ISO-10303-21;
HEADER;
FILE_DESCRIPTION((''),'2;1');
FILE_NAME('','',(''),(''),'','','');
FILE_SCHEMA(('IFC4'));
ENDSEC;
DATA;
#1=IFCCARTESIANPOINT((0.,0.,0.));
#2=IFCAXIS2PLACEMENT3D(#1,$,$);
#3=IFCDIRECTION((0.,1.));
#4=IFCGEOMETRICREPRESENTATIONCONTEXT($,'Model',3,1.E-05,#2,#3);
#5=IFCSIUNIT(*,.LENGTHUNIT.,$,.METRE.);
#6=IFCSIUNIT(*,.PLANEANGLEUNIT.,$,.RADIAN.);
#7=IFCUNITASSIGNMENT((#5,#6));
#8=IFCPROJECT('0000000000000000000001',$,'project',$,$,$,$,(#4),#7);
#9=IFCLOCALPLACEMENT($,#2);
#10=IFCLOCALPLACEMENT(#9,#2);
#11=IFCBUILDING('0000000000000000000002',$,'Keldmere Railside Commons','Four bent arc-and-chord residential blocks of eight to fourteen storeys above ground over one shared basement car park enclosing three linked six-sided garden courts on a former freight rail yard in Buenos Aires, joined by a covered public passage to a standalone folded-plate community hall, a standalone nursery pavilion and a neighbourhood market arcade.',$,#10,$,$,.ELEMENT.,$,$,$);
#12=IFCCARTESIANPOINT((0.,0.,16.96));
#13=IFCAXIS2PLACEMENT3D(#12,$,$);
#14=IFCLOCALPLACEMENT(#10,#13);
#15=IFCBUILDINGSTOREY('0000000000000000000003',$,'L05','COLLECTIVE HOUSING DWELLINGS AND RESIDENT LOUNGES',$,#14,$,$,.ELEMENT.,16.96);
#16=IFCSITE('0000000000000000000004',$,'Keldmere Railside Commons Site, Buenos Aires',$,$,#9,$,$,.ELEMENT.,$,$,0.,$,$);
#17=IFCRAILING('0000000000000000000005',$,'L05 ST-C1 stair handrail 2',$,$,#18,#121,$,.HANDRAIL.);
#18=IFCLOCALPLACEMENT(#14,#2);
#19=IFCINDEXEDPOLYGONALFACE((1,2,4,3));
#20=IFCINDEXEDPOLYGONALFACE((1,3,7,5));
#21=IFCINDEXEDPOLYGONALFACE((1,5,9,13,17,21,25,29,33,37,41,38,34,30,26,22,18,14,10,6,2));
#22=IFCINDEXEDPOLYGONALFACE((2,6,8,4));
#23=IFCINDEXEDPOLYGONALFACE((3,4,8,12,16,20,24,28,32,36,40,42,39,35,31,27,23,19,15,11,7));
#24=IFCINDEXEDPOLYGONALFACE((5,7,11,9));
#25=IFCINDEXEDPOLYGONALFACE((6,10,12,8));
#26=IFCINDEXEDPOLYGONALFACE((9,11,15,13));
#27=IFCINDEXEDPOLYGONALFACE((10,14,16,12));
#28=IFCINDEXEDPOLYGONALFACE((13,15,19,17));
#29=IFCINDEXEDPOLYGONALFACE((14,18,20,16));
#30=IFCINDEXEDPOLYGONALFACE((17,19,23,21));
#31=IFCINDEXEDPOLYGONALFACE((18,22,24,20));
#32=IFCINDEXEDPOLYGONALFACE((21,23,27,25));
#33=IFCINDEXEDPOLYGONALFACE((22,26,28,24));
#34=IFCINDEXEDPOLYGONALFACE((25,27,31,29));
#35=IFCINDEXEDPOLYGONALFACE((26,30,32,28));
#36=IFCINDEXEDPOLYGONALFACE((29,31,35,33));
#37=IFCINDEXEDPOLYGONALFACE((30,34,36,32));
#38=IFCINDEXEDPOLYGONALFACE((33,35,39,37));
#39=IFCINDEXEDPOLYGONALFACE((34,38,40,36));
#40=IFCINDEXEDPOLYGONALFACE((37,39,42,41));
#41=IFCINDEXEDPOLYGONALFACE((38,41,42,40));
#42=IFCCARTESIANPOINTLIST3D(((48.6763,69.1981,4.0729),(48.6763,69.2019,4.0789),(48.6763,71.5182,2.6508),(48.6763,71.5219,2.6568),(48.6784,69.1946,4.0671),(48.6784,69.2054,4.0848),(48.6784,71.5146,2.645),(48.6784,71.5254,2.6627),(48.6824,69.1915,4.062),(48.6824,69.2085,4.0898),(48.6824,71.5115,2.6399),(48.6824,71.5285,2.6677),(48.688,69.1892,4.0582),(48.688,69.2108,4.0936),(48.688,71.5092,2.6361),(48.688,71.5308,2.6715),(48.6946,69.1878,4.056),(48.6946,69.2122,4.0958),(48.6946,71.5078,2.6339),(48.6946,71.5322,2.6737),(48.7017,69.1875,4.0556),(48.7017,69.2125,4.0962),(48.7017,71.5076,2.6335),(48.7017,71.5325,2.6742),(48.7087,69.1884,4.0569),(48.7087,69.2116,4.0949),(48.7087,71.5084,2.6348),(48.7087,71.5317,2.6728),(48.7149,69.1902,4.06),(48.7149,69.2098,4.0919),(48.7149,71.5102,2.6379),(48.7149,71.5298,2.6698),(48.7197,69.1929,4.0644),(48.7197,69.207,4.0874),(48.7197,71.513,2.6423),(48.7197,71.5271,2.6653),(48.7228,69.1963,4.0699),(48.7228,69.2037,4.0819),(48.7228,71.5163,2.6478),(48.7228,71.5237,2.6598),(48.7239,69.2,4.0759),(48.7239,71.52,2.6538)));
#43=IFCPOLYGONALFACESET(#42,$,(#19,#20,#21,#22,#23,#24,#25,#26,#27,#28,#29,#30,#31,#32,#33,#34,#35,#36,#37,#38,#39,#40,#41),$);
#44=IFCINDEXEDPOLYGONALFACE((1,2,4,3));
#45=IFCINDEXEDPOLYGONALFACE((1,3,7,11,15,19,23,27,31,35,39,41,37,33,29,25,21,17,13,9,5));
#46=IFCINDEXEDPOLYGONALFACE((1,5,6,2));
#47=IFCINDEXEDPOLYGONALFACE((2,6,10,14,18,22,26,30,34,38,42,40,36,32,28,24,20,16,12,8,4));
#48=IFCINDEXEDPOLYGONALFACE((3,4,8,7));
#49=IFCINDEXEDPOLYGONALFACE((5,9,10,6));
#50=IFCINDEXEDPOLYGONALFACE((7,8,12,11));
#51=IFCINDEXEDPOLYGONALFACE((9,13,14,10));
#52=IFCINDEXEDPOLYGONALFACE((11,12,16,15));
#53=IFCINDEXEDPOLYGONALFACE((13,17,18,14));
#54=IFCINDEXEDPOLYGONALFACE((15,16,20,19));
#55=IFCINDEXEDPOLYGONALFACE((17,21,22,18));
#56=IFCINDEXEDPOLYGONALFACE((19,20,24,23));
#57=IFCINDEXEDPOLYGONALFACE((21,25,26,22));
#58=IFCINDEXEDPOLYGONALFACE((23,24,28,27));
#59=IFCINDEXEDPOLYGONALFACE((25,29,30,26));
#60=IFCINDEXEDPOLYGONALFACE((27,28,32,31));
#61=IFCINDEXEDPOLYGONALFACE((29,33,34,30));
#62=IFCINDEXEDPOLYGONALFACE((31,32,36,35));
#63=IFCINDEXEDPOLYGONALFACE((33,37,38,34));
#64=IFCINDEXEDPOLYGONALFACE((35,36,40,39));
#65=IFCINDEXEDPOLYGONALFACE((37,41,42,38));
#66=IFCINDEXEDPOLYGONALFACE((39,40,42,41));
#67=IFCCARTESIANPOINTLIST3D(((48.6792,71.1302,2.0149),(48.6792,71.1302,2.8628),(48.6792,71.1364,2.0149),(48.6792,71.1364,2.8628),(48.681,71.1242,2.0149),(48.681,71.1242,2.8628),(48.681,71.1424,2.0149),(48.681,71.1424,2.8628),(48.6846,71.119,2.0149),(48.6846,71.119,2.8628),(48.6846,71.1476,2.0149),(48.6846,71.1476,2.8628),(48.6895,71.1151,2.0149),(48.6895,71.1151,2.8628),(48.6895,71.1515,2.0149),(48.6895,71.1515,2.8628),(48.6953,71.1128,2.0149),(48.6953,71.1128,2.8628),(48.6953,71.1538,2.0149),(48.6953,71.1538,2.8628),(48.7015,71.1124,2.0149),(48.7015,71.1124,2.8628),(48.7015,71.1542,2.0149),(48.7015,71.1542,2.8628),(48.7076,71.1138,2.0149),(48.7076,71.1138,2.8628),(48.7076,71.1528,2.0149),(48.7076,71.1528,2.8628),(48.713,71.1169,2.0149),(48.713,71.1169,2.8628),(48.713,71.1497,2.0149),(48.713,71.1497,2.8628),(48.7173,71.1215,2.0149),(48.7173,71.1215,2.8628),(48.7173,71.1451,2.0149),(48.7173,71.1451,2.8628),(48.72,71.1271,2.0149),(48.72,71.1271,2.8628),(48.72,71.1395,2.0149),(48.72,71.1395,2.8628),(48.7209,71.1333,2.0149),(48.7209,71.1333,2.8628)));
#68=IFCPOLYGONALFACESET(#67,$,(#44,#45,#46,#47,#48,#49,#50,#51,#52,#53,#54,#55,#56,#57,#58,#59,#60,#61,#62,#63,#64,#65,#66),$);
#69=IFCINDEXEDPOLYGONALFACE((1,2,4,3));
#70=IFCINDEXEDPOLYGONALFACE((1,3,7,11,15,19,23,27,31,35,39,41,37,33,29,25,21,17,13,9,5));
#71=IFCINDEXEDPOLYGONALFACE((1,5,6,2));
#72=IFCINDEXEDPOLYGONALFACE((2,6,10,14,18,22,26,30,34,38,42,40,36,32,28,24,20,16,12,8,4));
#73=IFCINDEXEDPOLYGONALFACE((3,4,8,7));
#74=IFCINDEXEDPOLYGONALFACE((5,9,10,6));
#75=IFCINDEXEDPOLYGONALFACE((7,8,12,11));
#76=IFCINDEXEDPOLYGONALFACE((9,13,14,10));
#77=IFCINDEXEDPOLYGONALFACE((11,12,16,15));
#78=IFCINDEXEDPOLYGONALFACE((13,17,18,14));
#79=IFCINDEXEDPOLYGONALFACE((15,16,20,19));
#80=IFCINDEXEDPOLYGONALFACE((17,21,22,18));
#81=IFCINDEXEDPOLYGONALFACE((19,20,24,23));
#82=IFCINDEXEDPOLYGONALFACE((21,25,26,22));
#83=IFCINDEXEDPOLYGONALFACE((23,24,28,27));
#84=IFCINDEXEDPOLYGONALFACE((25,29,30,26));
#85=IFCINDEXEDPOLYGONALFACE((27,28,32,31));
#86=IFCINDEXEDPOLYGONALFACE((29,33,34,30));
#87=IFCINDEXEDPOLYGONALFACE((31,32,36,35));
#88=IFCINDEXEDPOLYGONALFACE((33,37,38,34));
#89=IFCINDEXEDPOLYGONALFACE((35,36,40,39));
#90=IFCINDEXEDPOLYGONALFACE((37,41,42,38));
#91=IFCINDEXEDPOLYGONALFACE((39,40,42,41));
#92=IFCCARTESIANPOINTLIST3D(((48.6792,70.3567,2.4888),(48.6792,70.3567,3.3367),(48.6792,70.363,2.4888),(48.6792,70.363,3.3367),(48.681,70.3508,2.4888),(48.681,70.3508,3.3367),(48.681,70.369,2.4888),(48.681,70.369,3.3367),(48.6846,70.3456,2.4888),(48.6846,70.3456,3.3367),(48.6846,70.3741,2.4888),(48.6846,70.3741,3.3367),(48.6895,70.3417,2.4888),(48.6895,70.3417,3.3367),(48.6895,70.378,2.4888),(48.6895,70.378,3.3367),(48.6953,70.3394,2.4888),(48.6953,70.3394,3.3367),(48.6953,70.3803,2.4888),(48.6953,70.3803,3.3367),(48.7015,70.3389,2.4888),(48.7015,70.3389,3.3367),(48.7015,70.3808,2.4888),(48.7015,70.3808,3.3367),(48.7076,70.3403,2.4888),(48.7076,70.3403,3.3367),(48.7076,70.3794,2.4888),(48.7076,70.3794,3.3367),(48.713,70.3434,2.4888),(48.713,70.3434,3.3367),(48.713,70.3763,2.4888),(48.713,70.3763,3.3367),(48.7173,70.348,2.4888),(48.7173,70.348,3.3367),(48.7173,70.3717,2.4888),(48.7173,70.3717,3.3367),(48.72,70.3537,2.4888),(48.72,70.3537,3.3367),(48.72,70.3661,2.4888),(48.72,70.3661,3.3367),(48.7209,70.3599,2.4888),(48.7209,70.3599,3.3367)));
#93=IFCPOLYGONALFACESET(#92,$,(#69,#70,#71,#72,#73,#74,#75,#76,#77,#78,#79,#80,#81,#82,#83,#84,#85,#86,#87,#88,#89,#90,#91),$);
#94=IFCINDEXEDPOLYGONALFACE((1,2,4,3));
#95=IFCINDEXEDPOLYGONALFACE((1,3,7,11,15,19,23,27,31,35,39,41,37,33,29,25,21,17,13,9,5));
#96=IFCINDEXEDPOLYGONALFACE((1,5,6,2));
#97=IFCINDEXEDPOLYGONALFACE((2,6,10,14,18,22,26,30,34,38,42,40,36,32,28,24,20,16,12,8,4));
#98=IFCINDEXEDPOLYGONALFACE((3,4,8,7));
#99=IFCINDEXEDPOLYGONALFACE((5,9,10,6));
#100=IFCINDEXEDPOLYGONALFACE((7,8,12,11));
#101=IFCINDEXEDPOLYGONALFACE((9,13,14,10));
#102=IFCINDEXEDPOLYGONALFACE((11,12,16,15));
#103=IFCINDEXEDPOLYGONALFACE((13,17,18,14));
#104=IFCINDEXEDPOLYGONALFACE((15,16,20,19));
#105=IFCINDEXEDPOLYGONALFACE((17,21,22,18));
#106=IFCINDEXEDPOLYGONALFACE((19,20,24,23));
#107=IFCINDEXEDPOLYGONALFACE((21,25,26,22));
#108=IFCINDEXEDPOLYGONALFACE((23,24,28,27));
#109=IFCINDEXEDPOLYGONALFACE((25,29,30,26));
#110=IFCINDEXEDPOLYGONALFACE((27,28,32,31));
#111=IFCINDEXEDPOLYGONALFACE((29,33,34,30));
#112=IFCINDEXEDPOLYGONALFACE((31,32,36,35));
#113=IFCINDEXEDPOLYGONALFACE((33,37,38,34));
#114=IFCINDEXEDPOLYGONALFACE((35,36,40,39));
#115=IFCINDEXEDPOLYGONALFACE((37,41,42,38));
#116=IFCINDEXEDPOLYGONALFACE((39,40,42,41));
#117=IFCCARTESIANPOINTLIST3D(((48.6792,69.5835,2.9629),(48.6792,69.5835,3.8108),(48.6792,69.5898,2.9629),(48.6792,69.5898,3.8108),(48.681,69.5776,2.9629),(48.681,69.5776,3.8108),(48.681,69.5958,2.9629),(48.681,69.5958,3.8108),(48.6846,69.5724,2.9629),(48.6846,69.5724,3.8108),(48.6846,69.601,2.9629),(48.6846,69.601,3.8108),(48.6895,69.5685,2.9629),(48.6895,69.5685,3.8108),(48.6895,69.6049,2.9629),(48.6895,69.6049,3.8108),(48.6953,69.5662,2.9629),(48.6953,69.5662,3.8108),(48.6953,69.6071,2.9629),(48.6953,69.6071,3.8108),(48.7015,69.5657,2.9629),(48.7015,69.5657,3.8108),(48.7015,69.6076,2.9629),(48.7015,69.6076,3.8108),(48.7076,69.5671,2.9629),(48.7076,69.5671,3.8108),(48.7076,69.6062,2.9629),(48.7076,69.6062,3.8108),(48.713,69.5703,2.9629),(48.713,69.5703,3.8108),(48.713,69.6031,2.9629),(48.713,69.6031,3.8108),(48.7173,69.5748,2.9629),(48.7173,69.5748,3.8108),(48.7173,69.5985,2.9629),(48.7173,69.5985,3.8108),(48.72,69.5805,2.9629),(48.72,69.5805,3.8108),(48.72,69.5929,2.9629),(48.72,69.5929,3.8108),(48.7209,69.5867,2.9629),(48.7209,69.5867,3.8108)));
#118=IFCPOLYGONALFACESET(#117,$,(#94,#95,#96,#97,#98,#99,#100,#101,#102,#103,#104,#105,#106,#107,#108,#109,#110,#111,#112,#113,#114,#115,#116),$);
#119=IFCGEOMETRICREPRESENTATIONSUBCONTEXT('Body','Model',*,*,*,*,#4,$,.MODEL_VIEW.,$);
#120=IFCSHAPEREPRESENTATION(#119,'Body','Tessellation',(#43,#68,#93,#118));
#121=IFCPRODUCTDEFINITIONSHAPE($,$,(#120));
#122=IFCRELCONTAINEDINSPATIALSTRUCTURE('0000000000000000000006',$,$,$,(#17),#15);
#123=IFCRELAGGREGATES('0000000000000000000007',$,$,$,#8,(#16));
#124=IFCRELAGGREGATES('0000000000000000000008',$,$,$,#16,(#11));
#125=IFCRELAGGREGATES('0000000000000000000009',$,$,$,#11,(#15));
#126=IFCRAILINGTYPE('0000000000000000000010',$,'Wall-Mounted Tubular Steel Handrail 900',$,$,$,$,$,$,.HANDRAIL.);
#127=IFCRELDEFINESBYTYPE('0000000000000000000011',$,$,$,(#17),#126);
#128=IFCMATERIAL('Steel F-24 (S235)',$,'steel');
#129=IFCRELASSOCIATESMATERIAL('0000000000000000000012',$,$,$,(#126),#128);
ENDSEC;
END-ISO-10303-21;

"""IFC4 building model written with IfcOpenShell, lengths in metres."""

from ifc_helpers import new_model, si_unit, direction, frame, origin, origin_2d, place, context, subcontext, project, spatial, circle, extrude, material, type_object, element, save


model = new_model("IFC4")

# Units and contexts
model_context = context("Model", 3, precision=1e-05, world=origin(), true_north=direction((0.0, 1.0)))
body_context = subcontext(model_context, "Body", "Model", "MODEL_VIEW")
ifc_project = project(units=[si_unit("LENGTHUNIT", "METRE"), si_unit("PLANEANGLEUNIT", "RADIAN")], contexts=[model_context])

# Site, building, storey
site_placement = place(None, origin())
site = spatial("IfcSite", under=ifc_project, at=site_placement, Name="Keldmere Railside Commons Site, Buenos Aires", CompositionType="ELEMENT", RefElevation=0.0)
building_placement = place(site_placement, origin())
building = spatial("IfcBuilding", under=site, at=building_placement, Name="Keldmere Railside Commons", Description="Four bent arc-and-chord residential blocks of eight to fourteen storeys above ground over one shared basement car park enclosing three linked six-sided garden courts on a former freight rail yard in Buenos Aires, joined by a covered public passage to a standalone folded-plate community hall, a standalone nursery pavilion and a neighbourhood market arcade.", CompositionType="ELEMENT")
storey_placement = place(building_placement, frame((0.0, 0.0, 16.96)))
storey = spatial("IfcBuildingStorey", under=building, at=storey_placement, Name="L05", Description="COLLECTIVE HOUSING DWELLINGS AND RESIDENT LOUNGES", CompositionType="ELEMENT", Elevation=16.96)

# Railing
ifc_material_1 = material(Name="Steel F-24 (S235)", Category="steel")
railing_type_1 = type_object("IfcRailingType", Name="Wall-Mounted Tubular Steel Handrail 900", PredefinedType="HANDRAIL", material=ifc_material_1)
railing_1_placement = place(storey_placement, frame((48.7, 71.52, 1.7778)))
element("IfcRailing", 1, at=railing_1_placement, inside=storey, type_object=railing_type_1, Name="L05 ST-C1 stair handrail 2", PredefinedType="HANDRAIL", context=body_context, shape_type="SweptSolid", body=[
    extrude(circle(Radius=0.0239, at=origin_2d()), frame((0.0, 0.0, 0.876), z_axis=(0.0, -0.852578, 0.5226), x_axis=(1.0, 0.0, 0.0)), (0.0, 0.0, 1.0), 2.7212),
    extrude(circle(Radius=0.021, at=origin_2d()), frame((0.0, -0.3867, 0.2371)), (0.0, 0.0, 1.0), 0.8479),
    extrude(circle(Radius=0.021, at=origin_2d()), frame((0.0, -1.1602, 0.7109)), (0.0, 0.0, 1.0), 0.8479),
    extrude(circle(Radius=0.021, at=origin_2d()), frame((0.0, -1.9333, 1.1851)), (0.0, 0.0, 1.0), 0.8479),
])

save(model, "model.ifc")
